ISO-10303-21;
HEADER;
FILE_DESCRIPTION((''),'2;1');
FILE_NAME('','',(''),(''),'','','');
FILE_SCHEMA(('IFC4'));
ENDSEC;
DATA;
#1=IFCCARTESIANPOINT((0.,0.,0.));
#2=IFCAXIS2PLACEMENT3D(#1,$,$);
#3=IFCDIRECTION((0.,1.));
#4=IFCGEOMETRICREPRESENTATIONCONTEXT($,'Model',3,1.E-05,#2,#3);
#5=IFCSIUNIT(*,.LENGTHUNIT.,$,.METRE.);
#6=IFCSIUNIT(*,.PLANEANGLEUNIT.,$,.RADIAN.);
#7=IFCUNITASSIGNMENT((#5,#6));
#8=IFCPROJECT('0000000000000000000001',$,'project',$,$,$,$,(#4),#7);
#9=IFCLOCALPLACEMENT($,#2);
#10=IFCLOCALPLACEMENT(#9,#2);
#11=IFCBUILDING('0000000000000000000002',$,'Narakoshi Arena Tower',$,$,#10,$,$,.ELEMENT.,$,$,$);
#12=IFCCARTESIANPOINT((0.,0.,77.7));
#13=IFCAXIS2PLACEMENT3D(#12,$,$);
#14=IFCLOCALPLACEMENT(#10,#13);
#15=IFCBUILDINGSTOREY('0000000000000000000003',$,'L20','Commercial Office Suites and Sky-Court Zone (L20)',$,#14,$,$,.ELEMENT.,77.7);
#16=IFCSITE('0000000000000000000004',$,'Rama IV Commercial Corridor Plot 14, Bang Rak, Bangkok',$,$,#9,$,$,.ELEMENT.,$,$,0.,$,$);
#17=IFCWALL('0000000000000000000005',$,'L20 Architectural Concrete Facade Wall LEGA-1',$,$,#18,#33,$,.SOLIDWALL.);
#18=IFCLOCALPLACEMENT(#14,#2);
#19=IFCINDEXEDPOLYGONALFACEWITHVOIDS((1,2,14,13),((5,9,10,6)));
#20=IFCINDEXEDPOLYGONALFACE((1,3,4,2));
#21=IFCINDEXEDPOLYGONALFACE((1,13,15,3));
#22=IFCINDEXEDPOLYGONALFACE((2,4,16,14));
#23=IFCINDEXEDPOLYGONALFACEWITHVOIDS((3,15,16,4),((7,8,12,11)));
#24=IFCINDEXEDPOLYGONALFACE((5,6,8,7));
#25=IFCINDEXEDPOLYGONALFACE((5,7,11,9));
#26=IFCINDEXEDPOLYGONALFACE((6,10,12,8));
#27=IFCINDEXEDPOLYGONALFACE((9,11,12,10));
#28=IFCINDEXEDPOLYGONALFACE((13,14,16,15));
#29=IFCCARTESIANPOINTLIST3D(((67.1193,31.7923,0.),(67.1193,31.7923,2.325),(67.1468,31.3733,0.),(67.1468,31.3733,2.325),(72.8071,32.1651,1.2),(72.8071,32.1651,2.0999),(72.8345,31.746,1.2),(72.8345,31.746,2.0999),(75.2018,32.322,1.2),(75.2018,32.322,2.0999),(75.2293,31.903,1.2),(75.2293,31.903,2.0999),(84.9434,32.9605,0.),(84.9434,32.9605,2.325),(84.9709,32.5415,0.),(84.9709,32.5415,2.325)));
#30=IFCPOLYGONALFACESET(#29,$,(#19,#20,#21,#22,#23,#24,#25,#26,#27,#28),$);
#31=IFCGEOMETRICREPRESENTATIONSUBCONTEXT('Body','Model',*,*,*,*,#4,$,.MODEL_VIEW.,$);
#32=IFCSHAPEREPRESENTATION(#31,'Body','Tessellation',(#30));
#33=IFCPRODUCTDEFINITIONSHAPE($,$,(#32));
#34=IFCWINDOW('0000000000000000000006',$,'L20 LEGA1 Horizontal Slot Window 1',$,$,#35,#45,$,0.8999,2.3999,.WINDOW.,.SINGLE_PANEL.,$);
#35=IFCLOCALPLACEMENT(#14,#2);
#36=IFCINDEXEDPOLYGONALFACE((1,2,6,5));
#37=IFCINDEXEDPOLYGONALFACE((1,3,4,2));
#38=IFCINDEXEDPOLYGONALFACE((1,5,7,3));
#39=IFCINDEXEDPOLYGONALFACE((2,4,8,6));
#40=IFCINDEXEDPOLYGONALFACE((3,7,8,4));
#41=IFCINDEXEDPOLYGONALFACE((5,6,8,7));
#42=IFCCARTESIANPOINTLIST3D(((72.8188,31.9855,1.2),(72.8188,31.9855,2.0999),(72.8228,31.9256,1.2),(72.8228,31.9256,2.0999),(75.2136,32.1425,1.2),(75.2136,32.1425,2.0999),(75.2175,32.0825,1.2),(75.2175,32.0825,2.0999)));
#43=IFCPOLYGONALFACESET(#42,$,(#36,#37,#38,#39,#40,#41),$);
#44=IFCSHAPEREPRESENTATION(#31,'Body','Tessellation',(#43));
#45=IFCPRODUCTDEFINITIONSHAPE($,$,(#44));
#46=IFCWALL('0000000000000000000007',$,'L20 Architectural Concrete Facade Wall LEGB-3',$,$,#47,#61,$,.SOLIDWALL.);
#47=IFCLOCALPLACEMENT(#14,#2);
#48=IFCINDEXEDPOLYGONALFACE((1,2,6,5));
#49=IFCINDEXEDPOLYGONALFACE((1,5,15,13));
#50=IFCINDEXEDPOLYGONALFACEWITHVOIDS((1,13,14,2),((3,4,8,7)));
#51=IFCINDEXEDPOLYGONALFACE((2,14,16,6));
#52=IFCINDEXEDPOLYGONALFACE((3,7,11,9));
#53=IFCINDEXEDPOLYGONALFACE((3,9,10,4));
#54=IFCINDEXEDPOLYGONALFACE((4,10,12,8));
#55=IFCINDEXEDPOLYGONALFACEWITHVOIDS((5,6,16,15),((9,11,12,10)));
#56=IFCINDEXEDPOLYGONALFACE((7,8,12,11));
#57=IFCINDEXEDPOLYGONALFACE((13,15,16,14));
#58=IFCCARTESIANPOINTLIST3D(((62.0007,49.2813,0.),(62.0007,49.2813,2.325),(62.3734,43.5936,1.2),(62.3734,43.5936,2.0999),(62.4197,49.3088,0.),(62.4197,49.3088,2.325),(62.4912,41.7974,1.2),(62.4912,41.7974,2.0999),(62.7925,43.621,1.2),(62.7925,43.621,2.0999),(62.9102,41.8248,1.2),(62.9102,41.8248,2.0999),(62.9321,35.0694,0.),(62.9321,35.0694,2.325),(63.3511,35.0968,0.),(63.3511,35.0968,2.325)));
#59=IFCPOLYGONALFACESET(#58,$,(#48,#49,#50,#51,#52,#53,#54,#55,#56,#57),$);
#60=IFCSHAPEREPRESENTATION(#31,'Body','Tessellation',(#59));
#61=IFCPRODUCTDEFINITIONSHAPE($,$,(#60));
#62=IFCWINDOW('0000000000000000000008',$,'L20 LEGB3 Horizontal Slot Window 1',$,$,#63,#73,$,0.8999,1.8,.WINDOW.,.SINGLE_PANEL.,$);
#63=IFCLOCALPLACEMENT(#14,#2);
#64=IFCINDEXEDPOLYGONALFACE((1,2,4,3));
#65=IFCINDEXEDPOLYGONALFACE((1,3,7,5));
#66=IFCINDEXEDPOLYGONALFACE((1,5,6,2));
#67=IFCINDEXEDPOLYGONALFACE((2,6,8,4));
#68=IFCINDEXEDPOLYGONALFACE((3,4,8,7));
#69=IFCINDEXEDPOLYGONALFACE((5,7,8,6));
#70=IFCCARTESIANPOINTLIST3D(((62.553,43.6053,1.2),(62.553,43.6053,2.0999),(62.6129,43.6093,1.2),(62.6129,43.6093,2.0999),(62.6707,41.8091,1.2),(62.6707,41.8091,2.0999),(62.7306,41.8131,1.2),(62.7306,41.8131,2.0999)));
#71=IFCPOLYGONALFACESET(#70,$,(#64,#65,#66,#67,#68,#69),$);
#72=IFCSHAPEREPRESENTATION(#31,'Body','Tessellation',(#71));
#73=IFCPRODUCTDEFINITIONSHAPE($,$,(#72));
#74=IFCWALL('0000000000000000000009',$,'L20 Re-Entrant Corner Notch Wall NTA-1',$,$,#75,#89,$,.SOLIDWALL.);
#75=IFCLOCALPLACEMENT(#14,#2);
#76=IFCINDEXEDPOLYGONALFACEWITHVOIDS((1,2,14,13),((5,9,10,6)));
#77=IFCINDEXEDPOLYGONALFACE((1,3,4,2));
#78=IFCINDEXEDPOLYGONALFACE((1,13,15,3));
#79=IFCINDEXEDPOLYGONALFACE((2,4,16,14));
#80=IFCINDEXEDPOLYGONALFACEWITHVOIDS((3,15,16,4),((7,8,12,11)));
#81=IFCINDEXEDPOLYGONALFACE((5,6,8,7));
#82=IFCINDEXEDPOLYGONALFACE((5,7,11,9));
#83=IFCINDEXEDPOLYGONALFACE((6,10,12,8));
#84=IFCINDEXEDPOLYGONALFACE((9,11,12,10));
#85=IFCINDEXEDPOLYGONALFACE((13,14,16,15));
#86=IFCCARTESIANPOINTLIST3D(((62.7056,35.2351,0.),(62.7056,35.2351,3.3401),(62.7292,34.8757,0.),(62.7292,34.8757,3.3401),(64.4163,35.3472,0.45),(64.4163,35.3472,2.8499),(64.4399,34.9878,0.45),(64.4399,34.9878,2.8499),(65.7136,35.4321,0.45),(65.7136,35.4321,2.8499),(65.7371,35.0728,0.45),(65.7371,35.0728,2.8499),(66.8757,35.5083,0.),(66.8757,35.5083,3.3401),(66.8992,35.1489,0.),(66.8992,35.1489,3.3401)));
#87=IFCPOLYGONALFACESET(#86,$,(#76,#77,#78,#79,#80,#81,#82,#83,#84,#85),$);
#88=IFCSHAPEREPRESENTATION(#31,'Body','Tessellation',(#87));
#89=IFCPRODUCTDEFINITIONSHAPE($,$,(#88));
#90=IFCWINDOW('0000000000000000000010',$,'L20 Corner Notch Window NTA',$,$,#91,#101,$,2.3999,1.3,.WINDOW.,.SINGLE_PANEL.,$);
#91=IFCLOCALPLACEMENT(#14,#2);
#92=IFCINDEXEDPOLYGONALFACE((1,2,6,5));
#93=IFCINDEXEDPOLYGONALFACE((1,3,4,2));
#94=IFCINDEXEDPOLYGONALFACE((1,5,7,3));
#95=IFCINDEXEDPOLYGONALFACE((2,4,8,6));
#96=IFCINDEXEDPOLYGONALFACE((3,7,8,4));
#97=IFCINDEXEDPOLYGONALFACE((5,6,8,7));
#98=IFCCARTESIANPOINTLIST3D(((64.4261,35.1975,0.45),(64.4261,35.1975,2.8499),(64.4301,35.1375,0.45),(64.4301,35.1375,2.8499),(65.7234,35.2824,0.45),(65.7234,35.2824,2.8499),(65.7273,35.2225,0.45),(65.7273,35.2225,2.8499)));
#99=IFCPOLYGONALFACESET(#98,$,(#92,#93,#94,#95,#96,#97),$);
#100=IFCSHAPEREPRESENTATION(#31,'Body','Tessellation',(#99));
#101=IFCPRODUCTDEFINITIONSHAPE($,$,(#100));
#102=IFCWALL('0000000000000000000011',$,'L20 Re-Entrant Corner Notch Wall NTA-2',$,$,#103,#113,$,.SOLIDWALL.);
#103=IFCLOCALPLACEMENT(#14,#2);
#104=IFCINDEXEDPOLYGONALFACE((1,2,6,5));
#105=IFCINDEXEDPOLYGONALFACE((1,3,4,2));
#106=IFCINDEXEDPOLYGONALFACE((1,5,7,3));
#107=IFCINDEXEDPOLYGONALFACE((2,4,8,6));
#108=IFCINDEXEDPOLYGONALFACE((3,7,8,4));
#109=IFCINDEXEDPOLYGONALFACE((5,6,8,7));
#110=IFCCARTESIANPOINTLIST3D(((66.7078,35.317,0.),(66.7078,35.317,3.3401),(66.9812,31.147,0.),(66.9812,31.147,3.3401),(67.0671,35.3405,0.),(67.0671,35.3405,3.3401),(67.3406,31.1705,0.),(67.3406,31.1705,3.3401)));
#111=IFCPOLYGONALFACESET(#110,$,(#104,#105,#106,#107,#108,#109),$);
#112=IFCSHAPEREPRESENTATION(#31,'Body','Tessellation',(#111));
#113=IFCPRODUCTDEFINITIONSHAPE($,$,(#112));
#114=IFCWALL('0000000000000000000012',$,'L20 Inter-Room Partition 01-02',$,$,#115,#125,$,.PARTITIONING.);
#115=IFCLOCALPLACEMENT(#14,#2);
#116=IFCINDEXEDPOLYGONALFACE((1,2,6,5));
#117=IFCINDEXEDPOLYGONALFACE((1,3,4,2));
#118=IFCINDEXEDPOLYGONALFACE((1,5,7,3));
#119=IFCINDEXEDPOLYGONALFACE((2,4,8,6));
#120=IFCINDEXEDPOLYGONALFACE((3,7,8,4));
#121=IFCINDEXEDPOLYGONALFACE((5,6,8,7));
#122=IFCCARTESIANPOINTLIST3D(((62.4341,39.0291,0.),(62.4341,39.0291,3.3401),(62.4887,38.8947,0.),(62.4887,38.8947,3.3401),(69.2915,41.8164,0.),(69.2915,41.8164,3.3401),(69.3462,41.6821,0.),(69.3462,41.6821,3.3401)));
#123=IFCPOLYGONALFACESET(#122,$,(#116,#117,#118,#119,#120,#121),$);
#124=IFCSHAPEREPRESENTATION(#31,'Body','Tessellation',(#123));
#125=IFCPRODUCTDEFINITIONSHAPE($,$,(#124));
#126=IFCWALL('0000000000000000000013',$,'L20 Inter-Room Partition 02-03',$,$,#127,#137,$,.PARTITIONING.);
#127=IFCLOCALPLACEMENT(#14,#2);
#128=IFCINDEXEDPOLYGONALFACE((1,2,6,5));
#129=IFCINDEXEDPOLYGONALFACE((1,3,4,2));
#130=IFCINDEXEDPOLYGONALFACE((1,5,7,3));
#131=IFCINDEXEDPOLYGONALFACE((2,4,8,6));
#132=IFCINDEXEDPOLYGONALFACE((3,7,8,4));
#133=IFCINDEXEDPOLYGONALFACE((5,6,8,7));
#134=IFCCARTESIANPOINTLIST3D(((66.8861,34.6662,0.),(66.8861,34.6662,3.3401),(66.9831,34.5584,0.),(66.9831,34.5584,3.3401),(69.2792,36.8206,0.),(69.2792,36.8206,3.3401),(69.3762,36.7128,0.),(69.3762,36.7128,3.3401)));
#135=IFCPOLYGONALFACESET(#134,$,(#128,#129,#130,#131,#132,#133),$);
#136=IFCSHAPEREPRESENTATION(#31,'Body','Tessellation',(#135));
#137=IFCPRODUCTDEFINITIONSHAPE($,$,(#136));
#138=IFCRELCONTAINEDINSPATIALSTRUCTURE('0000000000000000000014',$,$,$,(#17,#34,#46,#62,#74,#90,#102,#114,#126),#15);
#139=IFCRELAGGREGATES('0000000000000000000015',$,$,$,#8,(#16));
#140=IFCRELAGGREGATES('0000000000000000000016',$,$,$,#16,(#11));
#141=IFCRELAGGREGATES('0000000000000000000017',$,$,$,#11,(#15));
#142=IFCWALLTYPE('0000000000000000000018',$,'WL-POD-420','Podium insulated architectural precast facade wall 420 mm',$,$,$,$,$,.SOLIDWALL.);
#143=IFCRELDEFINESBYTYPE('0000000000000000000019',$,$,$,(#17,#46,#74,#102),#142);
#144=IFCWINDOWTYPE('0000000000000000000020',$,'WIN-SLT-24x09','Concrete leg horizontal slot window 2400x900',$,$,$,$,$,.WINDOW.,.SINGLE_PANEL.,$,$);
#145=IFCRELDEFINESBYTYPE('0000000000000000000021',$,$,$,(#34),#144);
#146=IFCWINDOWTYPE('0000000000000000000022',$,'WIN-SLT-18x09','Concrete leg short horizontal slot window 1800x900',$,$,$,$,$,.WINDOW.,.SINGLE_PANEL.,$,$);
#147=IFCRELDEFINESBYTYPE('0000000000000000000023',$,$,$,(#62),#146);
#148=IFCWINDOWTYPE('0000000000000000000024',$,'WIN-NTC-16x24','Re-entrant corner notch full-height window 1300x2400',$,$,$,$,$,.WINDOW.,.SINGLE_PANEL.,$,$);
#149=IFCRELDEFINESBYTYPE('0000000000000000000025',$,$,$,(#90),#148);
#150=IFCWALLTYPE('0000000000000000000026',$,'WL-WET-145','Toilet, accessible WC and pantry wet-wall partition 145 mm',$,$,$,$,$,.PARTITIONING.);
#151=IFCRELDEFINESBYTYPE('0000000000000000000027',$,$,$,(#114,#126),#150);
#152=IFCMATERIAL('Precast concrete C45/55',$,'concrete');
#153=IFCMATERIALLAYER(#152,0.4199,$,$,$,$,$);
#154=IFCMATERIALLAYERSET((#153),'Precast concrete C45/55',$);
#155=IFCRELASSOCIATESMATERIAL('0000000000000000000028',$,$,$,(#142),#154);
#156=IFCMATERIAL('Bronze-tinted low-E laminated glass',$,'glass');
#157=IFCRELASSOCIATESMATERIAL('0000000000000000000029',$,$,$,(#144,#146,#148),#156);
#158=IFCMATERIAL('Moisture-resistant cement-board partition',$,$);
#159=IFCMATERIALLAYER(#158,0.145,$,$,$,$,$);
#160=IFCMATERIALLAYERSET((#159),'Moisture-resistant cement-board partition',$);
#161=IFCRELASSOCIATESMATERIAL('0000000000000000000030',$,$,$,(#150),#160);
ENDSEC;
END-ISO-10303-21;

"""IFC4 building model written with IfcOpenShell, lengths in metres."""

from ifc_helpers import new_model, si_unit, direction, frame, frame_2d, origin, place, context, subcontext, project, spatial, rectangle, extrude, material, layer, layer_set, type_object, element, fill, save


model = new_model("IFC4")

# Units and contexts
model_context = context("Model", 3, precision=1e-05, world=origin(), true_north=direction((0.0, 1.0)))
body_context = subcontext(model_context, "Body", "Model", "MODEL_VIEW")
ifc_project = project(units=[si_unit("LENGTHUNIT", "METRE"), si_unit("PLANEANGLEUNIT", "RADIAN")], contexts=[model_context])

# Site, building, storey
site_placement = place(None, origin())
site = spatial("IfcSite", under=ifc_project, at=site_placement, Name="Rama IV Commercial Corridor Plot 14, Bang Rak, Bangkok", CompositionType="ELEMENT", RefElevation=0.0)
building_placement = place(site_placement, origin())
building = spatial("IfcBuilding", under=site, at=building_placement, Name="Narakoshi Arena Tower", CompositionType="ELEMENT")
storey_placement = place(building_placement, frame((0.0, 0.0, 77.7)))
storey = spatial("IfcBuildingStorey", under=building, at=storey_placement, Name="L20", Description="Commercial Office Suites and Sky-Court Zone (L20)", CompositionType="ELEMENT", Elevation=77.7)

# Walls, openings, windows
ifc_material_1 = material(Name="Precast concrete C45/55", Category="concrete")
ifc_layer_1 = layer(ifc_material_1, 0.4199)
ifc_layer_set_1 = layer_set([ifc_layer_1], Name="Precast concrete C45/55")
wall_type_1 = type_object("IfcWallType", Name="WL-POD-420", Description="Podium insulated architectural precast facade wall 420 mm", PredefinedType="SOLIDWALL", material=ifc_layer_set_1)
wall_1_placement = place(storey_placement, frame((67.1331, 31.5828, 0.0), z_axis=(0.0, 0.0, 1.0), x_axis=(0.997859, 0.065401, 0.0)))
wall_1 = element("IfcWall", 1, at=wall_1_placement, inside=storey, type_object=wall_type_1, Name="L20 Architectural Concrete Facade Wall LEGA-1", PredefinedType="SOLIDWALL", context=body_context, shape_type="SweptSolid", body=[
    extrude(rectangle(XDim=17.8623, YDim=0.4199, at=frame_2d((8.9312, 0.0))), origin(), (0.0, 0.0, 1.0), 2.325),
])
opening_1_placement = place(wall_1_placement, frame((5.7, 0.0, 1.2)))
opening_1 = element("IfcOpeningElement", 2, at=opening_1_placement, cuts=wall_1, PredefinedType="OPENING", context=body_context, shape_type="SweptSolid", body=[
    extrude(rectangle(XDim=2.3999, YDim=0.8999, at=frame_2d((1.2, 0.45))), frame((0.0, 0.22, 0.0), z_axis=(0.0, -1.0, 0.0), x_axis=(1.0, 0.0, 0.0)), (0.0, 0.0, 1.0), 0.4399),
])
ifc_material_2 = material(Name="Bronze-tinted low-E laminated glass", Category="glass")
window_type_1 = type_object("IfcWindowType", Name="WIN-SLT-24x09", Description="Concrete leg horizontal slot window 2400x900", PartitioningType="SINGLE_PANEL", PredefinedType="WINDOW", material=ifc_material_2)
window_1_placement = place(opening_1_placement, origin())
window_1 = element("IfcWindow", 3, at=window_1_placement, inside=storey, type_object=window_type_1, Name="L20 LEGA1 Horizontal Slot Window 1", OverallHeight=0.8999, OverallWidth=2.3999, PartitioningType="SINGLE_PANEL", PredefinedType="WINDOW", context=body_context, shape_type="SweptSolid", body=[
    extrude(rectangle(XDim=2.3999, YDim=0.8999, at=frame_2d((1.2, 0.45))), frame((0.0, 0.03, 0.0), z_axis=(0.0, -1.0, 0.0), x_axis=(1.0, 0.0, 0.0)), (0.0, 0.0, 1.0), 0.0601),
])
fill(opening_1, window_1)
wall_2_placement = place(storey_placement, frame((62.2102, 49.2949, 0.0), z_axis=(0.0, 0.0, 1.0), x_axis=(0.065396, -0.997859, 0.0)))
wall_2 = element("IfcWall", 4, at=wall_2_placement, inside=storey, type_object=wall_type_1, Name="L20 Architectural Concrete Facade Wall LEGB-3", PredefinedType="SOLIDWALL", context=body_context, shape_type="SweptSolid", body=[
    extrude(rectangle(XDim=14.2424, YDim=0.4199, at=frame_2d((7.1211, 0.0))), origin(), (0.0, 0.0, 1.0), 2.325),
])
opening_2_placement = place(wall_2_placement, frame((5.7, 0.0, 1.2)))
opening_2 = element("IfcOpeningElement", 5, at=opening_2_placement, cuts=wall_2, PredefinedType="OPENING", context=body_context, shape_type="SweptSolid", body=[
    extrude(rectangle(XDim=1.8, YDim=0.8999, at=frame_2d((0.8999, 0.45))), frame((0.0, 0.22, 0.0), z_axis=(0.0, -1.0, 0.0), x_axis=(1.0, 0.0, 0.0)), (0.0, 0.0, 1.0), 0.4399),
])
window_type_2 = type_object("IfcWindowType", Name="WIN-SLT-18x09", Description="Concrete leg short horizontal slot window 1800x900", PartitioningType="SINGLE_PANEL", PredefinedType="WINDOW", material=ifc_material_2)
window_2_placement = place(opening_2_placement, origin())
window_2 = element("IfcWindow", 6, at=window_2_placement, inside=storey, type_object=window_type_2, Name="L20 LEGB3 Horizontal Slot Window 1", OverallHeight=0.8999, OverallWidth=1.8, PartitioningType="SINGLE_PANEL", PredefinedType="WINDOW", context=body_context, shape_type="SweptSolid", body=[
    extrude(rectangle(XDim=1.8, YDim=0.8999, at=frame_2d((0.8999, 0.45))), frame((0.0, 0.03, 0.0), z_axis=(0.0, -1.0, 0.0), x_axis=(1.0, 0.0, 0.0)), (0.0, 0.0, 1.0), 0.0601),
])
fill(opening_2, window_2)
wall_3_placement = place(storey_placement, frame((62.7175, 35.0554, 0.0), z_axis=(0.0, 0.0, 1.0), x_axis=(0.997861, 0.065375, 0.0)))
wall_3 = element("IfcWall", 7, at=wall_3_placement, inside=storey, type_object=wall_type_1, Name="L20 Re-Entrant Corner Notch Wall NTA-1", PredefinedType="SOLIDWALL", context=body_context, shape_type="SweptSolid", body=[
    extrude(rectangle(XDim=4.179, YDim=0.3601, at=frame_2d((2.0894, 0.0))), origin(), (0.0, 0.0, 1.0), 3.3401),
])
opening_3_placement = place(wall_3_placement, frame((1.7144, 0.0, 0.45)))
opening_3 = element("IfcOpeningElement", 8, at=opening_3_placement, cuts=wall_3, PredefinedType="OPENING", context=body_context, shape_type="SweptSolid", body=[
    extrude(rectangle(XDim=1.3, YDim=2.3999, at=frame_2d((0.6499, 1.2))), frame((0.0, 0.1899, 0.0), z_axis=(0.0, -1.0, 0.0), x_axis=(1.0, 0.0, 0.0)), (0.0, 0.0, 1.0), 0.3801),
])
window_type_3 = type_object("IfcWindowType", Name="WIN-NTC-16x24", Description="Re-entrant corner notch full-height window 1300x2400", PartitioningType="SINGLE_PANEL", PredefinedType="WINDOW", material=ifc_material_2)
window_3_placement = place(opening_3_placement, origin())
window_3 = element("IfcWindow", 9, at=window_3_placement, inside=storey, type_object=window_type_3, Name="L20 Corner Notch Window NTA", OverallHeight=2.3999, OverallWidth=1.3, PartitioningType="SINGLE_PANEL", PredefinedType="WINDOW", context=body_context, shape_type="SweptSolid", body=[
    extrude(rectangle(XDim=1.3, YDim=2.3999, at=frame_2d((0.6499, 1.2))), frame((0.0, 0.03, 0.0), z_axis=(0.0, -1.0, 0.0), x_axis=(1.0, 0.0, 0.0)), (0.0, 0.0, 1.0), 0.0601),
])
fill(opening_3, window_3)

# Walls
wall_4_placement = place(storey_placement, frame((66.8875, 35.3286, 0.0), z_axis=(0.0, 0.0, 1.0), x_axis=(0.065433, -0.997857, 0.0)))
element("IfcWall", 10, at=wall_4_placement, inside=storey, type_object=wall_type_1, Name="L20 Re-Entrant Corner Notch Wall NTA-2", PredefinedType="SOLIDWALL", context=body_context, shape_type="SweptSolid", body=[
    extrude(rectangle(XDim=4.179, YDim=0.3601, at=frame_2d((2.0894, 0.0))), origin(), (0.0, 0.0, 1.0), 3.3401),
])
ifc_material_3 = material(Name="Moisture-resistant cement-board partition")
ifc_layer_2 = layer(ifc_material_3, 0.145)
ifc_layer_set_2 = layer_set([ifc_layer_2], Name="Moisture-resistant cement-board partition")
wall_type_2 = type_object("IfcWallType", Name="WL-WET-145", Description="Toilet, accessible WC and pantry wet-wall partition 145 mm", PredefinedType="PARTITIONING", material=ifc_layer_set_2)
wall_5_placement = place(storey_placement, frame((69.3188, 41.7493, 0.0), z_axis=(0.0, 0.0, 1.0), x_axis=(-0.926395, -0.376554, 0.0)))
element("IfcWall", 11, at=wall_5_placement, inside=storey, type_object=wall_type_2, Name="L20 Inter-Room Partition 01-02", PredefinedType="PARTITIONING", context=body_context, shape_type="SweptSolid", body=[
    extrude(rectangle(XDim=7.4023, YDim=0.145, at=frame_2d((3.7012, 0.0))), origin(), (0.0, 0.0, 1.0), 3.3401),
])
wall_6_placement = place(storey_placement, frame((69.3276, 36.7666, 0.0), z_axis=(0.0, 0.0, 1.0), x_axis=(-0.743211, -0.669057, 0.0)))
element("IfcWall", 12, at=wall_6_placement, inside=storey, type_object=wall_type_2, Name="L20 Inter-Room Partition 02-03", PredefinedType="PARTITIONING", context=body_context, shape_type="SweptSolid", body=[
    extrude(rectangle(XDim=3.22, YDim=0.145, at=frame_2d((1.6099, 0.0))), origin(), (0.0, 0.0, 1.0), 3.3401),
])

save(model, "model.ifc")
